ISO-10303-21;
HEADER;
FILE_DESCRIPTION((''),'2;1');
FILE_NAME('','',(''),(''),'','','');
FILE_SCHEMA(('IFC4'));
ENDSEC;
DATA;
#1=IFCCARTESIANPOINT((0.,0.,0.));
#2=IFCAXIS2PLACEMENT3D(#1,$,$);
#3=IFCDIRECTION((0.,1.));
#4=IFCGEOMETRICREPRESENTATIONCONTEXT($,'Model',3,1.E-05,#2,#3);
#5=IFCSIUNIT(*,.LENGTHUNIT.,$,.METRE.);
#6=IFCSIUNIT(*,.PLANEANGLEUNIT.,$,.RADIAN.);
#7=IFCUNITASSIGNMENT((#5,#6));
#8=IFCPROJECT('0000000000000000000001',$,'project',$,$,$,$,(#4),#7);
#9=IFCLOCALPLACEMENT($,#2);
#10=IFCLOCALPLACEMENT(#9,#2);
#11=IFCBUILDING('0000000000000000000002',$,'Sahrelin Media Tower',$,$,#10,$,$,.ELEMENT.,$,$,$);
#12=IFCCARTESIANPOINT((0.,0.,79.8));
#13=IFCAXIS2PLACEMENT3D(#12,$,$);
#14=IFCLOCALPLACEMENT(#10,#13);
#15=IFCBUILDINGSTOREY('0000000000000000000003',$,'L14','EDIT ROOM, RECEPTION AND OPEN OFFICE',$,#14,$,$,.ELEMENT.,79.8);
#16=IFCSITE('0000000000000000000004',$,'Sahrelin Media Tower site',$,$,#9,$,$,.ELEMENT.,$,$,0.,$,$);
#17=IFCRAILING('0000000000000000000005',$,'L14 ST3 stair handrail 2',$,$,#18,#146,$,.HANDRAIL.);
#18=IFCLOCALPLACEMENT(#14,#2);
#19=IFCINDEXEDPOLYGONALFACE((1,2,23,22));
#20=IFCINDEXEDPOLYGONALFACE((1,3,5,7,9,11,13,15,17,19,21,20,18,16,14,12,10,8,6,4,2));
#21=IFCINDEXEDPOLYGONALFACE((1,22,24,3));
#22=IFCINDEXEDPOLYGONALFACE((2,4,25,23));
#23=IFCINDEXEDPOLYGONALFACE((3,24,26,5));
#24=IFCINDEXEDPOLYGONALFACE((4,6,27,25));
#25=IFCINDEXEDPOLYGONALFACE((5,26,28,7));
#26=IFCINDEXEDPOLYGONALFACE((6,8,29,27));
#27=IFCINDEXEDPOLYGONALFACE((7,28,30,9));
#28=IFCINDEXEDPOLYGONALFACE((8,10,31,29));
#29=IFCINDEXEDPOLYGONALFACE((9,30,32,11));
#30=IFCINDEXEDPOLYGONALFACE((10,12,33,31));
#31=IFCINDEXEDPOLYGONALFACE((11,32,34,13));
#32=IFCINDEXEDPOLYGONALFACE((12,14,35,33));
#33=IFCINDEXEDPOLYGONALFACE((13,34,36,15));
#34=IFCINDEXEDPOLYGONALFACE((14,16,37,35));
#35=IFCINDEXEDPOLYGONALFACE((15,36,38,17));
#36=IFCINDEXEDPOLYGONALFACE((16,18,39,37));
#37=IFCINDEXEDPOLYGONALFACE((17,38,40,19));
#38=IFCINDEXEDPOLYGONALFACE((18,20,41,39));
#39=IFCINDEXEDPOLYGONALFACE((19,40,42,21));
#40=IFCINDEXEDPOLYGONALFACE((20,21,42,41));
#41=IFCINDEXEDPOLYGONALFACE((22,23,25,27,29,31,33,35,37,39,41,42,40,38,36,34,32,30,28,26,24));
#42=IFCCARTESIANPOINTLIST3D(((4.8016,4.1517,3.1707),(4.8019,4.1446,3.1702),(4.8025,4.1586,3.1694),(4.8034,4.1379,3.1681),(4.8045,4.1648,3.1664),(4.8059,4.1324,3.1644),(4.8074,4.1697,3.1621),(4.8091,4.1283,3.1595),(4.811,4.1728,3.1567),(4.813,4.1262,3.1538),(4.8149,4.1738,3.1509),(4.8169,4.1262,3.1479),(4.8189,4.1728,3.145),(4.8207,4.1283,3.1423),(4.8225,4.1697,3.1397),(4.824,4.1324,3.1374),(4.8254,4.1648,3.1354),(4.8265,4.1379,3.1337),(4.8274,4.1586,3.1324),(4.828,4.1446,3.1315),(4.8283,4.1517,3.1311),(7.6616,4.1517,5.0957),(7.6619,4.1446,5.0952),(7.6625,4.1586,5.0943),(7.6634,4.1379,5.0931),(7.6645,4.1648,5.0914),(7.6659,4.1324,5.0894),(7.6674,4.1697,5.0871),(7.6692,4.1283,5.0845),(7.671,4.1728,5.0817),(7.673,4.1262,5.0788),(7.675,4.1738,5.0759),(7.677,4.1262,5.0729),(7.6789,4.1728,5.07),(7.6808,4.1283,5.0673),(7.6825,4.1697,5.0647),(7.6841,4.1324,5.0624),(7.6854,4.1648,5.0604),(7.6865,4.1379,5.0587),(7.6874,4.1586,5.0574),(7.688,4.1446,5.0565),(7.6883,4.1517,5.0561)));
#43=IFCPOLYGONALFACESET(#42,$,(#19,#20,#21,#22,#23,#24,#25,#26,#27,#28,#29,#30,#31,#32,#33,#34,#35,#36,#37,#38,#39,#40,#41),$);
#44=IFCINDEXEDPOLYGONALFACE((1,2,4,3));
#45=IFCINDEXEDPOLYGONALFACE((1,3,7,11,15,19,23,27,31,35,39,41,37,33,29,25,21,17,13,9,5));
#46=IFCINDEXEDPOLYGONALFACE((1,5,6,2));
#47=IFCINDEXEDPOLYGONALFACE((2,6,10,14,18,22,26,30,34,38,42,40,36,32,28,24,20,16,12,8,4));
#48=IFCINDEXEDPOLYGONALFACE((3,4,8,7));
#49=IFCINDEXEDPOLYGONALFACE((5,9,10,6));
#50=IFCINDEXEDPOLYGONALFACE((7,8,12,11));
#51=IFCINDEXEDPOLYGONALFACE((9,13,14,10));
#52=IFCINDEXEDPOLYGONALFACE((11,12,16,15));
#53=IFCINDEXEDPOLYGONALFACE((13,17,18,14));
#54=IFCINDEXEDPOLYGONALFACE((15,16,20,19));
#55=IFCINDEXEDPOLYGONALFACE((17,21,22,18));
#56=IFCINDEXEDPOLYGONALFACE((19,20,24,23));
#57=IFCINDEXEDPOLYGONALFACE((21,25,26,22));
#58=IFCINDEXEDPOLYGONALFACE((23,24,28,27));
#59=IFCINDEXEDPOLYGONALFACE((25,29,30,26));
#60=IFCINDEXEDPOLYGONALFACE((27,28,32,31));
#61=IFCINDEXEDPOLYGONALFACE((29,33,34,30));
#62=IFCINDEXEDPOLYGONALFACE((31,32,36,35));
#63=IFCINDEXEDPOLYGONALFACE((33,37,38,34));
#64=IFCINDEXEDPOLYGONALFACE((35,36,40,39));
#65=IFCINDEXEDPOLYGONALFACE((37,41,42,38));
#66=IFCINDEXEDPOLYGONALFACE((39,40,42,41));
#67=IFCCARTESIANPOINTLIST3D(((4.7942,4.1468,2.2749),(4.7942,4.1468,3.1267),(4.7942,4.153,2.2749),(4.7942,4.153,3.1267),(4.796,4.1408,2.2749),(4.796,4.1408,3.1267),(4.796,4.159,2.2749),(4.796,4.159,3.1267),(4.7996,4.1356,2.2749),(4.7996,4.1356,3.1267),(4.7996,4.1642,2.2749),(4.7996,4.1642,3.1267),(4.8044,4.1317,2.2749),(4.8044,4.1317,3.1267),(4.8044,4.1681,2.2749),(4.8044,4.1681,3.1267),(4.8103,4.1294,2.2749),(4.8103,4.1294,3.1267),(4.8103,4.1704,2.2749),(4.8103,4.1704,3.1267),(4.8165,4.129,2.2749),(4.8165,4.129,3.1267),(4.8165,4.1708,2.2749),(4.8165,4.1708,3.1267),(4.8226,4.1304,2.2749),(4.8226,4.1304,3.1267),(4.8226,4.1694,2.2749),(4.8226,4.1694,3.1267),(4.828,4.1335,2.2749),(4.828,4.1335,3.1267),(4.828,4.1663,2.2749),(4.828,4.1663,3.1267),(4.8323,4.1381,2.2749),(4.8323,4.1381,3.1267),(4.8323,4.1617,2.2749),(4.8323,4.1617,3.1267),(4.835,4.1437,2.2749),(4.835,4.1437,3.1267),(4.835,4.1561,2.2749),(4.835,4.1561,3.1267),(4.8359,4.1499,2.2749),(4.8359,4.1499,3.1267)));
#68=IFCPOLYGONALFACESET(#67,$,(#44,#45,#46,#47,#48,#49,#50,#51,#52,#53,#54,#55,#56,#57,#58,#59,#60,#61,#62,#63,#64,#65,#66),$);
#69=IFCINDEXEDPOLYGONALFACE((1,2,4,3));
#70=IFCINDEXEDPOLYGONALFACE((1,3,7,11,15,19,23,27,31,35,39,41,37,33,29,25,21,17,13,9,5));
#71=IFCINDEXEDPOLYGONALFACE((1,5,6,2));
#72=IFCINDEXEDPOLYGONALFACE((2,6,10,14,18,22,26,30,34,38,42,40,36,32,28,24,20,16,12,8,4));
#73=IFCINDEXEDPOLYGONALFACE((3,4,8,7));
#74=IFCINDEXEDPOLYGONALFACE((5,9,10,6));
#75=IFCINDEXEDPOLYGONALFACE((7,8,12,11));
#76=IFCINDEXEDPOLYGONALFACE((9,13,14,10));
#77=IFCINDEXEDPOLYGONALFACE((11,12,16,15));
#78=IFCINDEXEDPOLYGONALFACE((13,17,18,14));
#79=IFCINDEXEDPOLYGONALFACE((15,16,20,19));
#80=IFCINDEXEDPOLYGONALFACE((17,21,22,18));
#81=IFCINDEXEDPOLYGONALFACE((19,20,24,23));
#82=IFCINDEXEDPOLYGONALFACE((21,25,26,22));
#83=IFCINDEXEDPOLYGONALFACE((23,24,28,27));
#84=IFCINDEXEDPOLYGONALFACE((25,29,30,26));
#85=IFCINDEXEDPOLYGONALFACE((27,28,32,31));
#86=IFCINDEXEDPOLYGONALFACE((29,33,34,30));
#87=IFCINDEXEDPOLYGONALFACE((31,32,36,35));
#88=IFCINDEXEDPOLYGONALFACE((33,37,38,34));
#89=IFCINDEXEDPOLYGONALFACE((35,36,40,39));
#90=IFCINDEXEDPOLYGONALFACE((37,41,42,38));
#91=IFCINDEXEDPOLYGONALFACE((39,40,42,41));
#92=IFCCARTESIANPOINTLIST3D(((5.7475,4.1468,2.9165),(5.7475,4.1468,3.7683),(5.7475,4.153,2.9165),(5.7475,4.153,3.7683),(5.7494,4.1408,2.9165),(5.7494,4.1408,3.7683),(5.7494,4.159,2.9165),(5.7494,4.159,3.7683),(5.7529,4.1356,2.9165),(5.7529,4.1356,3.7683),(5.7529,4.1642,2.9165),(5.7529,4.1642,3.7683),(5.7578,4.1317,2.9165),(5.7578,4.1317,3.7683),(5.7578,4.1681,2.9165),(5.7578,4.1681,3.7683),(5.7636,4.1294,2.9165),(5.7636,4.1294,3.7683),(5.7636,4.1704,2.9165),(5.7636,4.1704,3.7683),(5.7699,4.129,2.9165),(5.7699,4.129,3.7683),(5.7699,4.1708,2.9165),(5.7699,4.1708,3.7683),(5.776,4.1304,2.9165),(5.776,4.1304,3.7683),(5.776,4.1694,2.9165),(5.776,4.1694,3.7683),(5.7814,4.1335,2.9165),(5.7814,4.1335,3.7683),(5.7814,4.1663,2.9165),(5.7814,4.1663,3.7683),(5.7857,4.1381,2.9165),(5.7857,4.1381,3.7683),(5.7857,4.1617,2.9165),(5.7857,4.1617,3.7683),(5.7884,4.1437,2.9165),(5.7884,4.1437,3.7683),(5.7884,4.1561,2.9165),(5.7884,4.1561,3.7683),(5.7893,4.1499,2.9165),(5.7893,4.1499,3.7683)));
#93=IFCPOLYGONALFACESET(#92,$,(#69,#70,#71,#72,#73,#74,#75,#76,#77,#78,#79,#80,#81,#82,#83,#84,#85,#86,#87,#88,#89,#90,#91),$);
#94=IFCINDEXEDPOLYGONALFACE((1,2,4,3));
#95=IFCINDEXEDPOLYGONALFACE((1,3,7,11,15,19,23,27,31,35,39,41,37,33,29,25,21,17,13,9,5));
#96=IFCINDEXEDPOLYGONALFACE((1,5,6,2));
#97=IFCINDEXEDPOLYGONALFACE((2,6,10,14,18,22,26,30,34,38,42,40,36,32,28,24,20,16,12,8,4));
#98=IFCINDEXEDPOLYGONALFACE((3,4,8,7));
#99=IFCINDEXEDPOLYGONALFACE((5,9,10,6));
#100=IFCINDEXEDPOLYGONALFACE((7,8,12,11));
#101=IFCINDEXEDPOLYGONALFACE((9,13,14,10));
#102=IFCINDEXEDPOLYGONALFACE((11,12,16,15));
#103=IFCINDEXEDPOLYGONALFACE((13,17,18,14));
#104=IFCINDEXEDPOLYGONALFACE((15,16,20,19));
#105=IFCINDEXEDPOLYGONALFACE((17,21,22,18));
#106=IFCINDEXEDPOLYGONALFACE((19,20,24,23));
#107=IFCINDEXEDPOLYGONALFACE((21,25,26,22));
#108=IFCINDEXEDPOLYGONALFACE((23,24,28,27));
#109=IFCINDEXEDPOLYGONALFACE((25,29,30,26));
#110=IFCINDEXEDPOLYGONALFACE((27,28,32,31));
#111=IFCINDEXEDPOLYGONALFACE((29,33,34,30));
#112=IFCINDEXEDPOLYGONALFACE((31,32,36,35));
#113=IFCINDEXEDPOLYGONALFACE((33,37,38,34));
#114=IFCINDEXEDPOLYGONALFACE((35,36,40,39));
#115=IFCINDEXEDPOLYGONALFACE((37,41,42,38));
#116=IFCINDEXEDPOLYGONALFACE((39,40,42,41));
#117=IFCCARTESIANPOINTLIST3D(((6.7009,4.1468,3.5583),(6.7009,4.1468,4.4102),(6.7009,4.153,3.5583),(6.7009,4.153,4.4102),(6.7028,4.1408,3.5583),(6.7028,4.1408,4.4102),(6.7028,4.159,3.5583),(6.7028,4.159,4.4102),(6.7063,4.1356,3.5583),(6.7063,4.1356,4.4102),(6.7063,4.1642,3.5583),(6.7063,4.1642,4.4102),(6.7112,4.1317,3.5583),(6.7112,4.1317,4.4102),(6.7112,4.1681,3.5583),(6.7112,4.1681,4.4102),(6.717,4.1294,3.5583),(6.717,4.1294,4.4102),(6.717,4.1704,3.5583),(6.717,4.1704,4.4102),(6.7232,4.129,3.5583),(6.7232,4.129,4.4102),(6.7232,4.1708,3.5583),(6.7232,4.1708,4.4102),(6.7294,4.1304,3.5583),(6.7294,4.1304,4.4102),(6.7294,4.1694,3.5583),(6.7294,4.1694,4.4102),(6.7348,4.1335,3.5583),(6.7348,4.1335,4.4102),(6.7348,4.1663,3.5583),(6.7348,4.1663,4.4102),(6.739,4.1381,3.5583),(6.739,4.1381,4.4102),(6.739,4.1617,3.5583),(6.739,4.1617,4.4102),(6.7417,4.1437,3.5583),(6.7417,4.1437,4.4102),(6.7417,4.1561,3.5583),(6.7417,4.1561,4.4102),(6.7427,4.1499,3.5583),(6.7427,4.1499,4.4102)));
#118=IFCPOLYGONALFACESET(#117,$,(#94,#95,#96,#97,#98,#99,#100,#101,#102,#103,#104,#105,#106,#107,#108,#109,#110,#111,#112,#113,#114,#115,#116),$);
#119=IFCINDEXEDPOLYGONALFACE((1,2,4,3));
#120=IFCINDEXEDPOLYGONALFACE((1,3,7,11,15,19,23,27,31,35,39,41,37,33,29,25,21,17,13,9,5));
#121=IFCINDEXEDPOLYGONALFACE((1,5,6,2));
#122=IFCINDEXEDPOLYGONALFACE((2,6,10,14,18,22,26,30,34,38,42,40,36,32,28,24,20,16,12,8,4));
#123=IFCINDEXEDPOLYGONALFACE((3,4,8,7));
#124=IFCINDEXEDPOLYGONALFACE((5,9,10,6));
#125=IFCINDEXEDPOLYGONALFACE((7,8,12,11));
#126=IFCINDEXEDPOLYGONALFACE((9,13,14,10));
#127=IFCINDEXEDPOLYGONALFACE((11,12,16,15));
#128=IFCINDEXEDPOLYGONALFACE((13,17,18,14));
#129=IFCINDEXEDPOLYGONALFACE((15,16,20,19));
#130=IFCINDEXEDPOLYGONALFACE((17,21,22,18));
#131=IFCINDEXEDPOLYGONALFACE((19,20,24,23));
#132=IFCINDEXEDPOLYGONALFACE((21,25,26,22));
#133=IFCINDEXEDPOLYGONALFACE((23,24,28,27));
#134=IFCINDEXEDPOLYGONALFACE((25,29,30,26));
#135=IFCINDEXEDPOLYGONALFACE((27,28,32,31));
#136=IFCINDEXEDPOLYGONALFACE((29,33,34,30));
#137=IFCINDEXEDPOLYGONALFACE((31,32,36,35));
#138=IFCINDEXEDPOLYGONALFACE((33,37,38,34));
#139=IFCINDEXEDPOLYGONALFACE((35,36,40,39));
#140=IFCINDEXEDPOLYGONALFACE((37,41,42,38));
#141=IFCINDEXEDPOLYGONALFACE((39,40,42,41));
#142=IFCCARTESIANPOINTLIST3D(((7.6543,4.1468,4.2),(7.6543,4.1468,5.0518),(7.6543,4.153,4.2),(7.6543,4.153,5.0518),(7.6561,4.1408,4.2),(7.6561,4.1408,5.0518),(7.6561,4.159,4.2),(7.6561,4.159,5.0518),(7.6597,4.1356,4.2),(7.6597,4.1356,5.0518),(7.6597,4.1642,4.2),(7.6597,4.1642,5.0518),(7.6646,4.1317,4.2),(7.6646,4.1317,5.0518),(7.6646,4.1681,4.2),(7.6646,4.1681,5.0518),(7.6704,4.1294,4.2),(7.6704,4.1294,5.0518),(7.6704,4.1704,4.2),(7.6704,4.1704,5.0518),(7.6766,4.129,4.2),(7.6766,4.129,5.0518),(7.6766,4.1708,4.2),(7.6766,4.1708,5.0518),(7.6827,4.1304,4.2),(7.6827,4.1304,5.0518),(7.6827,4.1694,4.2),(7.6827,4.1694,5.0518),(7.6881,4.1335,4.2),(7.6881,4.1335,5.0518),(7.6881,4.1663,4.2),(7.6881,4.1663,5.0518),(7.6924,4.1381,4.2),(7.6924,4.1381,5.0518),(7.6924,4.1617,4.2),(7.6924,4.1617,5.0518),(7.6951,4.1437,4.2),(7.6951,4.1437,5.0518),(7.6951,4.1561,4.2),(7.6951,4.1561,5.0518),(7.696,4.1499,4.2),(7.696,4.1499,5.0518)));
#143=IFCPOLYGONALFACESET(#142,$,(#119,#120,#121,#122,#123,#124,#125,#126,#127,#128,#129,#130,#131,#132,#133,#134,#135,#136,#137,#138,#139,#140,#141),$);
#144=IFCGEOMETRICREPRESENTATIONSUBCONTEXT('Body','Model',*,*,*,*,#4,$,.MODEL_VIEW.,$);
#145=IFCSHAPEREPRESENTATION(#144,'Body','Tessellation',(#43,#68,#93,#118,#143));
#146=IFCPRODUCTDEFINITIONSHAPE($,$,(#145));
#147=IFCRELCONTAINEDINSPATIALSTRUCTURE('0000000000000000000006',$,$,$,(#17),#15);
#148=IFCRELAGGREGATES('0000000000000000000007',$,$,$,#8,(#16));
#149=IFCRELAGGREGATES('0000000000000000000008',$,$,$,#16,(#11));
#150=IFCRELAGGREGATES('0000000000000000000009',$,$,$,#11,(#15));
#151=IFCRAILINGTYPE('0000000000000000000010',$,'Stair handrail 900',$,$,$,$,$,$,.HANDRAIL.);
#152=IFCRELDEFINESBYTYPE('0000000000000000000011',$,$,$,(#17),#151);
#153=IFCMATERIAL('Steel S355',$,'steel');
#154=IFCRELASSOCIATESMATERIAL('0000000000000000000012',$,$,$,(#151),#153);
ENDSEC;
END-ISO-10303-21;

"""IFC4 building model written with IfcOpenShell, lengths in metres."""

from ifc_helpers import new_model, si_unit, direction, frame, origin, origin_2d, place, context, subcontext, project, spatial, circle, extrude, material, type_object, element, save


model = new_model("IFC4")

# Units and contexts
model_context = context("Model", 3, precision=1e-05, world=origin(), true_north=direction((0.0, 1.0)))
body_context = subcontext(model_context, "Body", "Model", "MODEL_VIEW")
ifc_project = project(units=[si_unit("LENGTHUNIT", "METRE"), si_unit("PLANEANGLEUNIT", "RADIAN")], contexts=[model_context])

# Site, building, storey
site_placement = place(None, origin())
site = spatial("IfcSite", under=ifc_project, at=site_placement, Name="Sahrelin Media Tower site", CompositionType="ELEMENT", RefElevation=0.0)
building_placement = place(site_placement, origin())
building = spatial("IfcBuilding", under=site, at=building_placement, Name="Sahrelin Media Tower", CompositionType="ELEMENT")
storey_placement = place(building_placement, frame((0.0, 0.0, 79.8)))
storey = spatial("IfcBuildingStorey", under=building, at=storey_placement, Name="L14", Description="EDIT ROOM, RECEPTION AND OPEN OFFICE", CompositionType="ELEMENT", Elevation=79.8)

# Shared definitions
ifc_material_1 = material(Name="Steel S355", Category="steel")

# Railing
railing_type_1 = type_object("IfcRailingType", Name="Stair handrail 900", PredefinedType="HANDRAIL", material=ifc_material_1)
railing_1_placement = place(storey_placement, frame((4.8149, 4.1499, 2.2749)))
element("IfcRailing", 1, at=railing_1_placement, inside=storey, type_object=railing_type_1, Name="L14 ST3 stair handrail 2", PredefinedType="HANDRAIL", context=body_context, shape_type="SweptSolid", body=[
    extrude(circle(Radius=0.0239, at=origin_2d()), frame((0.0, 0.0, 0.876), z_axis=(0.829591, 0.0, 0.558372), x_axis=(0.0, 1.0, 0.0)), (0.0, 0.0, 1.0), 3.4475),
    extrude(circle(Radius=0.021, at=origin_2d()), origin(), (0.0, 0.0, 1.0), 0.8518),
    extrude(circle(Radius=0.021, at=origin_2d()), frame((0.9534, 0.0, 0.6416)), (0.0, 0.0, 1.0), 0.8518),
    extrude(circle(Radius=0.021, at=origin_2d()), frame((1.9067, 0.0, 1.2834)), (0.0, 0.0, 1.0), 0.8518),
    extrude(circle(Radius=0.021, at=origin_2d()), frame((2.8601, 0.0, 1.925)), (0.0, 0.0, 1.0), 0.8518),
])

save(model, "model.ifc")
